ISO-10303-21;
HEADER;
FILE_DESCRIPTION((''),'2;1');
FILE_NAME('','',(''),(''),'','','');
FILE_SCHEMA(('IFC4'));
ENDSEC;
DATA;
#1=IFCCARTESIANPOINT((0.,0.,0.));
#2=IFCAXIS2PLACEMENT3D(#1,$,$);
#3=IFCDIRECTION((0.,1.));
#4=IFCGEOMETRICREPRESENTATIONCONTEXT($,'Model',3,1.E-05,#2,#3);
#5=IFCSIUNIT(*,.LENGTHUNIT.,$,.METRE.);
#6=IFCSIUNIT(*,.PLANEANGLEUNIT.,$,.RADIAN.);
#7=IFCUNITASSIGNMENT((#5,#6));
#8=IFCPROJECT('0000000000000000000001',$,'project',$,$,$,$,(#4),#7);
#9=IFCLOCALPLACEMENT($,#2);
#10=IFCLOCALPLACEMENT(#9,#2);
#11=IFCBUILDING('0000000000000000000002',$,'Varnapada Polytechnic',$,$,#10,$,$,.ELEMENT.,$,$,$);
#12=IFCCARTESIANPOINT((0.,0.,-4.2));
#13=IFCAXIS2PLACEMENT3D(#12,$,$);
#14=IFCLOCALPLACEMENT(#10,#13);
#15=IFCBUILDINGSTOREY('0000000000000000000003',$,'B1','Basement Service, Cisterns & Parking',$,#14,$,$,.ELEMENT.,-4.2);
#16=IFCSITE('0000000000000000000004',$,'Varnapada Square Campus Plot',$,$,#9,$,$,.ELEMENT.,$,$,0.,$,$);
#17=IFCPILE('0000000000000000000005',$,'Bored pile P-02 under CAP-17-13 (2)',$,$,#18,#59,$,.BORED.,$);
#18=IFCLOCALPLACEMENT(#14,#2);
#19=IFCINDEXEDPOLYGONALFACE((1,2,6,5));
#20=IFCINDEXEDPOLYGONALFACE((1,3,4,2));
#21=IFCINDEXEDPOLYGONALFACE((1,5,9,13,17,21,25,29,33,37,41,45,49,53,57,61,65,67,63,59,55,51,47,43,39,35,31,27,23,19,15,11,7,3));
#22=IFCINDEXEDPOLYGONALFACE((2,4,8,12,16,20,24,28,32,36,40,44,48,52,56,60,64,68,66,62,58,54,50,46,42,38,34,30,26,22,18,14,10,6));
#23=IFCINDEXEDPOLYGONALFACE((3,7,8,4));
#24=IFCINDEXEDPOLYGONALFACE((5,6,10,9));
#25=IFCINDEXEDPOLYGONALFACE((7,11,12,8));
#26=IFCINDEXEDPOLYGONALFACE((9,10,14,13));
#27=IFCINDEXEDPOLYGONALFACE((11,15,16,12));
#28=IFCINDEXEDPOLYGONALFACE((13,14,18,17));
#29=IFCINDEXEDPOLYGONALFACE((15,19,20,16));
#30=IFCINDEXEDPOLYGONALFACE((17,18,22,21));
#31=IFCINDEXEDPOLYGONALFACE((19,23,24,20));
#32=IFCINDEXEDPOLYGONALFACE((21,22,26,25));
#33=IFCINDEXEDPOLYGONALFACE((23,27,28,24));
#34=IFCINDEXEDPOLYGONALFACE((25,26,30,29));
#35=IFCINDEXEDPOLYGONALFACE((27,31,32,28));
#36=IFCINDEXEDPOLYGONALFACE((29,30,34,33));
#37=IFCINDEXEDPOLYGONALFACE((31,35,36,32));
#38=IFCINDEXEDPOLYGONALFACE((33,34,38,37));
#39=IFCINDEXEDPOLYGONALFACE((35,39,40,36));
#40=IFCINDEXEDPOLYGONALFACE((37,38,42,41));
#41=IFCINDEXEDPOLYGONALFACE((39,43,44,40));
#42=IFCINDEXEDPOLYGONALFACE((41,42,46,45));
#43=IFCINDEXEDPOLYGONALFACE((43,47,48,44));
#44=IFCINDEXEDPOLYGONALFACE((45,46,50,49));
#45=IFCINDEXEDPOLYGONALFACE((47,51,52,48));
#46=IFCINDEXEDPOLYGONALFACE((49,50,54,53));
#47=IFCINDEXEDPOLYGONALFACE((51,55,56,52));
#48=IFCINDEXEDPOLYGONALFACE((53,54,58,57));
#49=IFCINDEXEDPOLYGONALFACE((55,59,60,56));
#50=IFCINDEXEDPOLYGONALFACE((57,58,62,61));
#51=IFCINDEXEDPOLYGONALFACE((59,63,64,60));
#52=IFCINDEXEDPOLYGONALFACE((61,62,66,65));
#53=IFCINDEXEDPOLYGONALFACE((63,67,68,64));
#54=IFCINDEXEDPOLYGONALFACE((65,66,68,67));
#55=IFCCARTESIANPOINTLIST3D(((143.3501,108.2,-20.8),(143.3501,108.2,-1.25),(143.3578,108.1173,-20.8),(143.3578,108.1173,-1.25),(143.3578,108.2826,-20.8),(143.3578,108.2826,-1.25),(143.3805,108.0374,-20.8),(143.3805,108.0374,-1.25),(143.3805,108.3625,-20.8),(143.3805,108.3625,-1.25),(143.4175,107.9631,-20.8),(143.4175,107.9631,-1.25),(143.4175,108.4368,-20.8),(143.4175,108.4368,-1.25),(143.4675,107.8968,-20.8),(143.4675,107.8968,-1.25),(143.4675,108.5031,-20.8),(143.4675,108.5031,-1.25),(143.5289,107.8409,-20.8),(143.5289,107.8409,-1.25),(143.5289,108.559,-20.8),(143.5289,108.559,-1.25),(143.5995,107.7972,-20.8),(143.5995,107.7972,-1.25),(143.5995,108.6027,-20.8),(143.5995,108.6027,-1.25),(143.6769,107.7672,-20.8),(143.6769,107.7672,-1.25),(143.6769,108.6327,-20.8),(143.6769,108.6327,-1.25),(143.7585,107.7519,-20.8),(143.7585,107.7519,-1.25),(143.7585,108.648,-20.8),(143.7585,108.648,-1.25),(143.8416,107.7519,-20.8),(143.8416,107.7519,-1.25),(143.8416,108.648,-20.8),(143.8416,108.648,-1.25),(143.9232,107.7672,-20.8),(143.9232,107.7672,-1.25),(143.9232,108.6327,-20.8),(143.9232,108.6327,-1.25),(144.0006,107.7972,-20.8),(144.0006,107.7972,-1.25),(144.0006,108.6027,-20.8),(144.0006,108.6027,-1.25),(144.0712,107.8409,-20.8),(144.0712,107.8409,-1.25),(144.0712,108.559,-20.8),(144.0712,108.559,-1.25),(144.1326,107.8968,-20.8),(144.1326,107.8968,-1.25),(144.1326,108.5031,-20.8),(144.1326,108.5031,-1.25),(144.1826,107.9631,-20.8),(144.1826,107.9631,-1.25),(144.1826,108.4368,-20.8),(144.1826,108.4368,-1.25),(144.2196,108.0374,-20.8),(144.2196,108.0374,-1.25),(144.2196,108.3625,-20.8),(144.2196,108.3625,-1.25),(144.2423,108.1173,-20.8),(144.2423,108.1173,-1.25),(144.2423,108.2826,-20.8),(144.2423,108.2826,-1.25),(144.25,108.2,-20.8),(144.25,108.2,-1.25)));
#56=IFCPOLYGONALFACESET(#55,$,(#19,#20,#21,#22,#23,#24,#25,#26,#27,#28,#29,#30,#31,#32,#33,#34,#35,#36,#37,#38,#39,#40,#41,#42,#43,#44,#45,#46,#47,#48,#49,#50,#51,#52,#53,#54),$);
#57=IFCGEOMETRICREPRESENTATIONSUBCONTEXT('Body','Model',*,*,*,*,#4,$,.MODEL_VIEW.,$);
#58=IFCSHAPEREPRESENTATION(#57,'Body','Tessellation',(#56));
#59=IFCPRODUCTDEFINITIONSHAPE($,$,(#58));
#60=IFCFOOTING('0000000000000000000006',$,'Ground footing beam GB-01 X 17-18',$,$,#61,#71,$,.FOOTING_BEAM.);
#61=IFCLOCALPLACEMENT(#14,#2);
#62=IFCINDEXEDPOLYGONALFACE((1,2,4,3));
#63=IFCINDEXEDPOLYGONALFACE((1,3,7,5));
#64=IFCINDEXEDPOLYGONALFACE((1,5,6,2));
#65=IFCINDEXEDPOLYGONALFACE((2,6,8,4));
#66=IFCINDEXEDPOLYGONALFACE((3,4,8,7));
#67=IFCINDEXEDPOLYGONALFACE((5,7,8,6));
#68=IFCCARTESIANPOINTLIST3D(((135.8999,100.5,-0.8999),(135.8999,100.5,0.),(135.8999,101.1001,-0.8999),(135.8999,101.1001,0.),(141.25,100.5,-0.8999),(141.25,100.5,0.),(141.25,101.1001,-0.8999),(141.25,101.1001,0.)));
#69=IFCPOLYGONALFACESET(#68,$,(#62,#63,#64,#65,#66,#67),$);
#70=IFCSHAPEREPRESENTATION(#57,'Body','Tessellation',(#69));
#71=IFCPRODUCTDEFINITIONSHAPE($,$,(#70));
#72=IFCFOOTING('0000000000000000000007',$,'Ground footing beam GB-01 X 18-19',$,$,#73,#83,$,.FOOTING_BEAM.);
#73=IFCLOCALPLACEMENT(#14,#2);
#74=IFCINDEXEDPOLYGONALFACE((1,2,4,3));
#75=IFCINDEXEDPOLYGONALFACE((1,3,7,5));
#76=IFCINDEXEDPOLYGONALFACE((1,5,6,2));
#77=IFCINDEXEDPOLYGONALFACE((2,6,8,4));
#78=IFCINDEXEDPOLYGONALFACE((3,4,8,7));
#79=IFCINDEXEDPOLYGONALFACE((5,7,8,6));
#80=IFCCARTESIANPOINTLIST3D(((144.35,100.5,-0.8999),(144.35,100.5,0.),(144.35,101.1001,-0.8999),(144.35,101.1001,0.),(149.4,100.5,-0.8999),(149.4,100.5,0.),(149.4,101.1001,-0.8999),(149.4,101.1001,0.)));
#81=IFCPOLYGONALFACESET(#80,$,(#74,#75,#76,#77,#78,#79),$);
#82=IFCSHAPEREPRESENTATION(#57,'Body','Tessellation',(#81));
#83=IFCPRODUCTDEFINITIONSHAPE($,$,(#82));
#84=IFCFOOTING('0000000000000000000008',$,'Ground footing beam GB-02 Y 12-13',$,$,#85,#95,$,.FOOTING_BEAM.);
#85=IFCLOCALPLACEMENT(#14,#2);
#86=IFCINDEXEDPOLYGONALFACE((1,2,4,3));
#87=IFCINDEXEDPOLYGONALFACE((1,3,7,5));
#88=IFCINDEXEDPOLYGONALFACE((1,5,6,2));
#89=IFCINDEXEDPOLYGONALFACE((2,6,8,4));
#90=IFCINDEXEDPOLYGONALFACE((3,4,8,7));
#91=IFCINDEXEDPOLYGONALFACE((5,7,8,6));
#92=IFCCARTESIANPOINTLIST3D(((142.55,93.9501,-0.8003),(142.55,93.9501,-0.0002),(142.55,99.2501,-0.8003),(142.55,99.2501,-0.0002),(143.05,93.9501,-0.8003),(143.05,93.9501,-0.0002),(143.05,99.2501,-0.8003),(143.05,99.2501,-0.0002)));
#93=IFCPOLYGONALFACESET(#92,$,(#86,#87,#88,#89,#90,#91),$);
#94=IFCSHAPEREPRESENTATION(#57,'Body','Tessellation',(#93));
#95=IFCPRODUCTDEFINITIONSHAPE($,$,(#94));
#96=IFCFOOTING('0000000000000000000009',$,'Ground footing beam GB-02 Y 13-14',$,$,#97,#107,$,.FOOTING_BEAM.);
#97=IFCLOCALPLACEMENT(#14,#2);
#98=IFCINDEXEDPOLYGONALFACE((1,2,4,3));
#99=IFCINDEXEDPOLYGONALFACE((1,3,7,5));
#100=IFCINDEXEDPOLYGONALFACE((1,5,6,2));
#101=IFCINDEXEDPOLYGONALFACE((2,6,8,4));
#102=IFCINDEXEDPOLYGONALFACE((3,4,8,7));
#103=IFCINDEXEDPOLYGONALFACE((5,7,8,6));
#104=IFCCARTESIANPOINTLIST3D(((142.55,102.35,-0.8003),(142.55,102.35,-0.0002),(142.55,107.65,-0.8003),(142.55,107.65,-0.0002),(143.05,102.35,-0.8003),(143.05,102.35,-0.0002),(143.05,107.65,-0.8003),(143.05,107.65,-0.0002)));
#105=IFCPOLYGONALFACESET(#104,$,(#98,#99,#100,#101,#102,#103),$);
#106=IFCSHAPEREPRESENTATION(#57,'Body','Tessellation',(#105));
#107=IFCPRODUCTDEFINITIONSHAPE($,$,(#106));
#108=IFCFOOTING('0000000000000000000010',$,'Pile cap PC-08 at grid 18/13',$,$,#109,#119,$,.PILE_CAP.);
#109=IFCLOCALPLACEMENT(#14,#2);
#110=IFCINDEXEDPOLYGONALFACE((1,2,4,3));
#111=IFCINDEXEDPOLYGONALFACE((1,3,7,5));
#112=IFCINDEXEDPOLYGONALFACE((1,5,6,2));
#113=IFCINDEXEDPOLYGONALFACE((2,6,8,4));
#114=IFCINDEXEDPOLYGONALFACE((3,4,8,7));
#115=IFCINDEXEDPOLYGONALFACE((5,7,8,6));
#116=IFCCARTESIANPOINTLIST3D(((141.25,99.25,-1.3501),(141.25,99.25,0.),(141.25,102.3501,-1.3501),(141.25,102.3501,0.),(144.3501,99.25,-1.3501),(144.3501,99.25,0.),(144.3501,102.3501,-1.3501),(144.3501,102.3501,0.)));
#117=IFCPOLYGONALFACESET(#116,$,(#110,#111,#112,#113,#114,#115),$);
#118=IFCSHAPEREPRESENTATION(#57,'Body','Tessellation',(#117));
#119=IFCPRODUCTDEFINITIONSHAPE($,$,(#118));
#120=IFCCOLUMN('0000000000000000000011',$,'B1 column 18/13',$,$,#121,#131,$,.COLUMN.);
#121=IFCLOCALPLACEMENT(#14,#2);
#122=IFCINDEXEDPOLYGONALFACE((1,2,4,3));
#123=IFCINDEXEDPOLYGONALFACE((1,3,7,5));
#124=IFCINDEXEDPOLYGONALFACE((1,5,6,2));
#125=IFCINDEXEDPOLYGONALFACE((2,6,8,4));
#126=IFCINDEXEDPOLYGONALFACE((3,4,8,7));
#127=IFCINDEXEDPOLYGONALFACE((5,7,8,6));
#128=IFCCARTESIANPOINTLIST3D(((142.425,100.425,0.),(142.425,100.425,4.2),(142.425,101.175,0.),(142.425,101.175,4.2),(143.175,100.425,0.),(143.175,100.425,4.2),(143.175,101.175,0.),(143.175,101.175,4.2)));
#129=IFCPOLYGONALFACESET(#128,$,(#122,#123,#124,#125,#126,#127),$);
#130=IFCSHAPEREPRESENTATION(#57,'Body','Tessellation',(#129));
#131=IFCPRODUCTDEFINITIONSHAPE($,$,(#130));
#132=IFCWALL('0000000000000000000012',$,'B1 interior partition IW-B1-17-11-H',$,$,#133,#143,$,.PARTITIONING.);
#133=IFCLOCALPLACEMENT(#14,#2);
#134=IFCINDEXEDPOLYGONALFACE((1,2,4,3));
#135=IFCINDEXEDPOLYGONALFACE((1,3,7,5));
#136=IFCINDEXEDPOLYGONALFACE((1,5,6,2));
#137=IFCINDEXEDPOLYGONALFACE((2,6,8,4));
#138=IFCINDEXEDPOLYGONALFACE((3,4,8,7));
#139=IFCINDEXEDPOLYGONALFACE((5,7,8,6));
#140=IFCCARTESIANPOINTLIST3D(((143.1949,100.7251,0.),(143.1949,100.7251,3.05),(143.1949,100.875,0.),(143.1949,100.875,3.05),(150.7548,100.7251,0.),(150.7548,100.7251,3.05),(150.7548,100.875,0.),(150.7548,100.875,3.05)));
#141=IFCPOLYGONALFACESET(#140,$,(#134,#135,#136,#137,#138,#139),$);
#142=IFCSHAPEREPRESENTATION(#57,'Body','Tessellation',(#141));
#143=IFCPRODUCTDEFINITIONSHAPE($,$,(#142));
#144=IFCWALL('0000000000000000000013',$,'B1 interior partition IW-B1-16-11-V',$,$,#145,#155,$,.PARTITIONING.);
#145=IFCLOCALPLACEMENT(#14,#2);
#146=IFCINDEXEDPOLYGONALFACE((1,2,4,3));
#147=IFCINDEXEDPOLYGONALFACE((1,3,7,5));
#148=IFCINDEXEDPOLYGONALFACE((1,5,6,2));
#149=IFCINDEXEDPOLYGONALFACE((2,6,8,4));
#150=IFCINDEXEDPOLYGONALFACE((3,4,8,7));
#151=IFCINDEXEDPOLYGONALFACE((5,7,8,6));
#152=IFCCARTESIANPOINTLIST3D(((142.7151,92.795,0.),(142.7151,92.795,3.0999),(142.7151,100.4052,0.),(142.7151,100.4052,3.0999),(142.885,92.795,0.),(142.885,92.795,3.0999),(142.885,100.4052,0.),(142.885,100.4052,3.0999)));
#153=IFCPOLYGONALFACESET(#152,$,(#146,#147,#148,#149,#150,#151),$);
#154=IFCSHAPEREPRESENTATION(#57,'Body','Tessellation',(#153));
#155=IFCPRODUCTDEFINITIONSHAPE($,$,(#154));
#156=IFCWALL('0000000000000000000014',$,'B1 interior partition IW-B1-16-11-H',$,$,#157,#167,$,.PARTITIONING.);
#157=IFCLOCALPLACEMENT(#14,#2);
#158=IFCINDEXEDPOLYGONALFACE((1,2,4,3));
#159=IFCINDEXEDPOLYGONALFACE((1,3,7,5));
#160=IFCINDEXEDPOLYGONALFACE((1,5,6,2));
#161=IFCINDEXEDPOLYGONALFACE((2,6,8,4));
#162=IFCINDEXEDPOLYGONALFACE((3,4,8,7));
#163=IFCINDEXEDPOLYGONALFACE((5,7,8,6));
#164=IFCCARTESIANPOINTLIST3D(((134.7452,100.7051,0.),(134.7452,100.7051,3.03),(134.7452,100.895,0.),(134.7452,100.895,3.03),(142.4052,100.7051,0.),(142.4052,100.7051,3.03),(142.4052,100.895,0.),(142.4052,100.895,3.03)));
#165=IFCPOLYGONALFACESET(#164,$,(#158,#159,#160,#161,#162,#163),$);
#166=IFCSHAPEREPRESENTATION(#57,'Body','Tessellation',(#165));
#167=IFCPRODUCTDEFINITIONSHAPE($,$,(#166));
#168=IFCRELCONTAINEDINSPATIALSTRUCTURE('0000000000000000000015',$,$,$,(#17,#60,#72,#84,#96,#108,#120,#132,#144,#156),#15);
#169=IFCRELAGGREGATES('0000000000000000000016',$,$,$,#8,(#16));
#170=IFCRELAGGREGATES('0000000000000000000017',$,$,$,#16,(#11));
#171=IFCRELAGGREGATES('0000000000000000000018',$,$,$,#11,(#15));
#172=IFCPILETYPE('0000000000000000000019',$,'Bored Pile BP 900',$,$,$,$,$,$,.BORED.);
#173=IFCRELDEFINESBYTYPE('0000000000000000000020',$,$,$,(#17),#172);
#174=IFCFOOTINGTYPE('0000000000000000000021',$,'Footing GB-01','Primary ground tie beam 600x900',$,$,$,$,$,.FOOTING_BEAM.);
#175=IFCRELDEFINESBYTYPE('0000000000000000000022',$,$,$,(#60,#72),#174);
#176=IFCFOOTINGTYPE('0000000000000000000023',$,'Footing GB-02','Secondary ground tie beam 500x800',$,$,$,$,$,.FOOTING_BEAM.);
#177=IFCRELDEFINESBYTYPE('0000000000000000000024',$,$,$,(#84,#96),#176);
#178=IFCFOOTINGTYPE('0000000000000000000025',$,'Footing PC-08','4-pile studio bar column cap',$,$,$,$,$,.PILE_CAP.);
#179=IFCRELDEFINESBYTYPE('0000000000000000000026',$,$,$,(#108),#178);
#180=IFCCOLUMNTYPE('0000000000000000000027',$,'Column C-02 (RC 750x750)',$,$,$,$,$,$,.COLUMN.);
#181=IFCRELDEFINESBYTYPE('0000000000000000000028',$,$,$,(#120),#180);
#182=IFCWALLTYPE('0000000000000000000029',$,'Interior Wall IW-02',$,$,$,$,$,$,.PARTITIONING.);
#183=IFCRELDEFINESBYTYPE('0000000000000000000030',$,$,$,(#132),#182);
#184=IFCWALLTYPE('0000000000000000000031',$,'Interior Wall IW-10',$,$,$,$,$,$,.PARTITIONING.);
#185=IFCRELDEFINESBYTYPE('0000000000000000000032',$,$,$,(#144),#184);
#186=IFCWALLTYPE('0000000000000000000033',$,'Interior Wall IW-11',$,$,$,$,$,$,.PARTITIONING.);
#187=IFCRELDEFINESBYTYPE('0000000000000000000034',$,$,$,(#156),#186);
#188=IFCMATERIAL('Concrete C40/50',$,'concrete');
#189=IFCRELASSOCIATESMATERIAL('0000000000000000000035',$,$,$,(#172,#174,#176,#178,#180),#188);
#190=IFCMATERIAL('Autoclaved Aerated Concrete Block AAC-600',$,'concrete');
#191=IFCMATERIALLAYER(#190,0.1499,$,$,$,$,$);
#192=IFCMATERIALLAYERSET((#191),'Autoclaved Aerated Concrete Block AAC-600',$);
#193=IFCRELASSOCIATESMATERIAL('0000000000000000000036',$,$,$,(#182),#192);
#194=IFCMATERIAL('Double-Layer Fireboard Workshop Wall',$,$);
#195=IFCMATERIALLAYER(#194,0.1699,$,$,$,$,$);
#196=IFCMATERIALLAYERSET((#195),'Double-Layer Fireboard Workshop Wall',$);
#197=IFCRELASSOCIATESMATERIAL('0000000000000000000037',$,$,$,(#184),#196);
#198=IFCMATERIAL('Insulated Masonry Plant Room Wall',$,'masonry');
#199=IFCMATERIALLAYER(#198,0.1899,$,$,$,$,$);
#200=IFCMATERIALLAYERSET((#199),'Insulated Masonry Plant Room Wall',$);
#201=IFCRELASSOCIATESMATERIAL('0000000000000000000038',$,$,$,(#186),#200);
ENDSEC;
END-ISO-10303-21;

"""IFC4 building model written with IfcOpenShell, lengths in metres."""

from ifc_helpers import new_model, si_unit, direction, frame, frame_2d, origin, origin_2d, place, context, subcontext, project, spatial, rectangle, circle, extrude, material, layer, layer_set, material_profile, profile_set, type_object, element, save


model = new_model("IFC4")

# Units and contexts
model_context = context("Model", 3, precision=1e-05, world=origin(), true_north=direction((0.0, 1.0)))
body_context = subcontext(model_context, "Body", "Model", "MODEL_VIEW")
ifc_project = project(units=[si_unit("LENGTHUNIT", "METRE"), si_unit("PLANEANGLEUNIT", "RADIAN")], contexts=[model_context])

# Site, building, storey
site_placement = place(None, origin())
site = spatial("IfcSite", under=ifc_project, at=site_placement, Name="Varnapada Square Campus Plot", CompositionType="ELEMENT", RefElevation=0.0)
building_placement = place(site_placement, origin())
building = spatial("IfcBuilding", under=site, at=building_placement, Name="Varnapada Polytechnic", CompositionType="ELEMENT")
storey_placement = place(building_placement, frame((0.0, 0.0, -4.2)))
storey = spatial("IfcBuildingStorey", under=building, at=storey_placement, Name="B1", Description="Basement Service, Cisterns & Parking", CompositionType="ELEMENT", Elevation=-4.2)

# Pile
ifc_material_1 = material(Name="Concrete C40/50", Category="concrete")
ifc_material_profile_1 = material_profile(ifc_material_1, circle(Radius=0.45, at=origin_2d()), Name="BP 900")
ifc_profile_set_1 = profile_set([ifc_material_profile_1], Name="Concrete C40/50")
pile_type_1 = type_object("IfcPileType", Name="Bored Pile BP 900", PredefinedType="BORED", material=ifc_profile_set_1)
for number, where, z_axis, x_axis, name in (
    (1, (143.8, 108.2, -1.25), (0.0, 0.0, -1.0), (1.0, 0.0, 0.0), "Bored pile P-02 under CAP-17-13 (2)"),
):
    element("IfcPile", number, at=place(storey_placement, frame(where, z_axis=z_axis, x_axis=x_axis)), inside=storey, type_object=pile_type_1, Name=name, PredefinedType="BORED", context=body_context, shape_type="SweptSolid", body=[
        extrude(circle(Radius=0.45, at=origin_2d()), origin(), (0.0, 0.0, 1.0), 19.55),
    ])

# Footings
footing_type_1 = type_object("IfcFootingType", Name="Footing GB-01", Description="Primary ground tie beam 600x900", PredefinedType="FOOTING_BEAM", material=ifc_material_1)
footing_1_placement = place(storey_placement, frame((138.575, 100.8, -0.8999), z_axis=(0.0, 0.0, 1.0), x_axis=(1.0, 0.0, 0.0)))
element("IfcFooting", 2, at=footing_1_placement, inside=storey, type_object=footing_type_1, Name="Ground footing beam GB-01 X 17-18", PredefinedType="FOOTING_BEAM", context=body_context, shape_type="SweptSolid", body=[
    extrude(rectangle(XDim=5.3501, YDim=0.6001, at=origin_2d()), origin(), (0.0, 0.0, 1.0), 0.8999),
])
footing_2_placement = place(storey_placement, frame((146.875, 100.8, -0.8999), z_axis=(0.0, 0.0, 1.0), x_axis=(1.0, 0.0, 0.0)))
element("IfcFooting", 3, at=footing_2_placement, inside=storey, type_object=footing_type_1, Name="Ground footing beam GB-01 X 18-19", PredefinedType="FOOTING_BEAM", context=body_context, shape_type="SweptSolid", body=[
    extrude(rectangle(XDim=5.05, YDim=0.6001, at=origin_2d()), origin(), (0.0, 0.0, 1.0), 0.8999),
])
footing_type_2 = type_object("IfcFootingType", Name="Footing GB-02", Description="Secondary ground tie beam 500x800", PredefinedType="FOOTING_BEAM", material=ifc_material_1)
for number, where, z_axis, x_axis, name in (
    (4, (142.8, 96.6001, -0.8003), (0.0, 0.0, 1.0), (0.0, 1.0, 0.0), "Ground footing beam GB-02 Y 12-13"),
    (5, (142.8, 105.0, -0.8003), (0.0, 0.0, 1.0), (0.0, 1.0, 0.0), "Ground footing beam GB-02 Y 13-14"),
):
    element("IfcFooting", number, at=place(storey_placement, frame(where, z_axis=z_axis, x_axis=x_axis)), inside=storey, type_object=footing_type_2, Name=name, PredefinedType="FOOTING_BEAM", context=body_context, shape_type="SweptSolid", body=[
        extrude(rectangle(XDim=5.3, YDim=0.5, at=origin_2d()), origin(), (0.0, 0.0, 1.0), 0.8),
    ])
footing_type_3 = type_object("IfcFootingType", Name="Footing PC-08", Description="4-pile studio bar column cap", PredefinedType="PILE_CAP", material=ifc_material_1)
footing_3_placement = place(storey_placement, frame((142.8, 100.8, -1.3501), z_axis=(0.0, 0.0, 1.0), x_axis=(1.0, 0.0, 0.0)))
element("IfcFooting", 6, at=footing_3_placement, inside=storey, type_object=footing_type_3, Name="Pile cap PC-08 at grid 18/13", PredefinedType="PILE_CAP", context=body_context, shape_type="SweptSolid", body=[
    extrude(rectangle(XDim=3.1001, YDim=3.1001, at=origin_2d()), origin(), (0.0, 0.0, 1.0), 1.3501),
])

# Column
ifc_material_profile_2 = material_profile(ifc_material_1, rectangle(XDim=0.75, YDim=0.75, at=origin_2d()), Name="RC 750x750")
ifc_profile_set_2 = profile_set([ifc_material_profile_2], Name="Concrete C40/50")
column_type = type_object("IfcColumnType", Name="Column C-02 (RC 750x750)", PredefinedType="COLUMN", material=ifc_profile_set_2)
column_placement = place(storey_placement, frame((142.8, 100.8, 0.0), z_axis=(0.0, 0.0, 1.0), x_axis=(1.0, 0.0, 0.0)))
element("IfcColumn", 7, at=column_placement, inside=storey, type_object=column_type, Name="B1 column 18/13", PredefinedType="COLUMN", context=body_context, shape_type="SweptSolid", body=[
    extrude(rectangle(XDim=0.75, YDim=0.75, at=origin_2d()), origin(), (0.0, 0.0, 1.0), 4.2),
])

# Walls
ifc_material_2 = material(Name="Autoclaved Aerated Concrete Block AAC-600", Category="concrete")
ifc_layer_1 = layer(ifc_material_2, 0.1499)
ifc_layer_set_1 = layer_set([ifc_layer_1], Name="Autoclaved Aerated Concrete Block AAC-600")
wall_type_1 = type_object("IfcWallType", Name="Interior Wall IW-02", PredefinedType="PARTITIONING", material=ifc_layer_set_1)
wall_1_placement = place(storey_placement, frame((143.1951, 100.8, 0.0), z_axis=(0.0, 0.0, 1.0), x_axis=(1.0, 0.0, 0.0)))
element("IfcWall", 8, at=wall_1_placement, inside=storey, type_object=wall_type_1, Name="B1 interior partition IW-B1-17-11-H", PredefinedType="PARTITIONING", context=body_context, shape_type="SweptSolid", body=[
    extrude(rectangle(XDim=7.5598, YDim=0.1499, at=frame_2d((3.7798, 0.0))), origin(), (0.0, 0.0, 1.0), 3.05),
])
ifc_material_3 = material(Name="Double-Layer Fireboard Workshop Wall")
ifc_layer_2 = layer(ifc_material_3, 0.1699)
ifc_layer_set_2 = layer_set([ifc_layer_2], Name="Double-Layer Fireboard Workshop Wall")
wall_type_2 = type_object("IfcWallType", Name="Interior Wall IW-10", PredefinedType="PARTITIONING", material=ifc_layer_set_2)
wall_2_placement = place(storey_placement, frame((142.8, 92.7949, 0.0), z_axis=(0.0, 0.0, 1.0), x_axis=(0.0, 1.0, 0.0)))
element("IfcWall", 9, at=wall_2_placement, inside=storey, type_object=wall_type_2, Name="B1 interior partition IW-B1-16-11-V", PredefinedType="PARTITIONING", context=body_context, shape_type="SweptSolid", body=[
    extrude(rectangle(XDim=7.6101, YDim=0.1699, at=frame_2d((3.8052, 0.0))), origin(), (0.0, 0.0, 1.0), 3.0999),
])
ifc_material_4 = material(Name="Insulated Masonry Plant Room Wall", Category="masonry")
ifc_layer_3 = layer(ifc_material_4, 0.1899)
ifc_layer_set_3 = layer_set([ifc_layer_3], Name="Insulated Masonry Plant Room Wall")
wall_type_3 = type_object("IfcWallType", Name="Interior Wall IW-11", PredefinedType="PARTITIONING", material=ifc_layer_set_3)
wall_3_placement = place(storey_placement, frame((134.7451, 100.8, 0.0), z_axis=(0.0, 0.0, 1.0), x_axis=(1.0, 0.0, 0.0)))
element("IfcWall", 10, at=wall_3_placement, inside=storey, type_object=wall_type_3, Name="B1 interior partition IW-B1-16-11-H", PredefinedType="PARTITIONING", context=body_context, shape_type="SweptSolid", body=[
    extrude(rectangle(XDim=7.6599, YDim=0.1899, at=frame_2d((3.8301, 0.0))), origin(), (0.0, 0.0, 1.0), 3.03),
])

save(model, "model.ifc")
